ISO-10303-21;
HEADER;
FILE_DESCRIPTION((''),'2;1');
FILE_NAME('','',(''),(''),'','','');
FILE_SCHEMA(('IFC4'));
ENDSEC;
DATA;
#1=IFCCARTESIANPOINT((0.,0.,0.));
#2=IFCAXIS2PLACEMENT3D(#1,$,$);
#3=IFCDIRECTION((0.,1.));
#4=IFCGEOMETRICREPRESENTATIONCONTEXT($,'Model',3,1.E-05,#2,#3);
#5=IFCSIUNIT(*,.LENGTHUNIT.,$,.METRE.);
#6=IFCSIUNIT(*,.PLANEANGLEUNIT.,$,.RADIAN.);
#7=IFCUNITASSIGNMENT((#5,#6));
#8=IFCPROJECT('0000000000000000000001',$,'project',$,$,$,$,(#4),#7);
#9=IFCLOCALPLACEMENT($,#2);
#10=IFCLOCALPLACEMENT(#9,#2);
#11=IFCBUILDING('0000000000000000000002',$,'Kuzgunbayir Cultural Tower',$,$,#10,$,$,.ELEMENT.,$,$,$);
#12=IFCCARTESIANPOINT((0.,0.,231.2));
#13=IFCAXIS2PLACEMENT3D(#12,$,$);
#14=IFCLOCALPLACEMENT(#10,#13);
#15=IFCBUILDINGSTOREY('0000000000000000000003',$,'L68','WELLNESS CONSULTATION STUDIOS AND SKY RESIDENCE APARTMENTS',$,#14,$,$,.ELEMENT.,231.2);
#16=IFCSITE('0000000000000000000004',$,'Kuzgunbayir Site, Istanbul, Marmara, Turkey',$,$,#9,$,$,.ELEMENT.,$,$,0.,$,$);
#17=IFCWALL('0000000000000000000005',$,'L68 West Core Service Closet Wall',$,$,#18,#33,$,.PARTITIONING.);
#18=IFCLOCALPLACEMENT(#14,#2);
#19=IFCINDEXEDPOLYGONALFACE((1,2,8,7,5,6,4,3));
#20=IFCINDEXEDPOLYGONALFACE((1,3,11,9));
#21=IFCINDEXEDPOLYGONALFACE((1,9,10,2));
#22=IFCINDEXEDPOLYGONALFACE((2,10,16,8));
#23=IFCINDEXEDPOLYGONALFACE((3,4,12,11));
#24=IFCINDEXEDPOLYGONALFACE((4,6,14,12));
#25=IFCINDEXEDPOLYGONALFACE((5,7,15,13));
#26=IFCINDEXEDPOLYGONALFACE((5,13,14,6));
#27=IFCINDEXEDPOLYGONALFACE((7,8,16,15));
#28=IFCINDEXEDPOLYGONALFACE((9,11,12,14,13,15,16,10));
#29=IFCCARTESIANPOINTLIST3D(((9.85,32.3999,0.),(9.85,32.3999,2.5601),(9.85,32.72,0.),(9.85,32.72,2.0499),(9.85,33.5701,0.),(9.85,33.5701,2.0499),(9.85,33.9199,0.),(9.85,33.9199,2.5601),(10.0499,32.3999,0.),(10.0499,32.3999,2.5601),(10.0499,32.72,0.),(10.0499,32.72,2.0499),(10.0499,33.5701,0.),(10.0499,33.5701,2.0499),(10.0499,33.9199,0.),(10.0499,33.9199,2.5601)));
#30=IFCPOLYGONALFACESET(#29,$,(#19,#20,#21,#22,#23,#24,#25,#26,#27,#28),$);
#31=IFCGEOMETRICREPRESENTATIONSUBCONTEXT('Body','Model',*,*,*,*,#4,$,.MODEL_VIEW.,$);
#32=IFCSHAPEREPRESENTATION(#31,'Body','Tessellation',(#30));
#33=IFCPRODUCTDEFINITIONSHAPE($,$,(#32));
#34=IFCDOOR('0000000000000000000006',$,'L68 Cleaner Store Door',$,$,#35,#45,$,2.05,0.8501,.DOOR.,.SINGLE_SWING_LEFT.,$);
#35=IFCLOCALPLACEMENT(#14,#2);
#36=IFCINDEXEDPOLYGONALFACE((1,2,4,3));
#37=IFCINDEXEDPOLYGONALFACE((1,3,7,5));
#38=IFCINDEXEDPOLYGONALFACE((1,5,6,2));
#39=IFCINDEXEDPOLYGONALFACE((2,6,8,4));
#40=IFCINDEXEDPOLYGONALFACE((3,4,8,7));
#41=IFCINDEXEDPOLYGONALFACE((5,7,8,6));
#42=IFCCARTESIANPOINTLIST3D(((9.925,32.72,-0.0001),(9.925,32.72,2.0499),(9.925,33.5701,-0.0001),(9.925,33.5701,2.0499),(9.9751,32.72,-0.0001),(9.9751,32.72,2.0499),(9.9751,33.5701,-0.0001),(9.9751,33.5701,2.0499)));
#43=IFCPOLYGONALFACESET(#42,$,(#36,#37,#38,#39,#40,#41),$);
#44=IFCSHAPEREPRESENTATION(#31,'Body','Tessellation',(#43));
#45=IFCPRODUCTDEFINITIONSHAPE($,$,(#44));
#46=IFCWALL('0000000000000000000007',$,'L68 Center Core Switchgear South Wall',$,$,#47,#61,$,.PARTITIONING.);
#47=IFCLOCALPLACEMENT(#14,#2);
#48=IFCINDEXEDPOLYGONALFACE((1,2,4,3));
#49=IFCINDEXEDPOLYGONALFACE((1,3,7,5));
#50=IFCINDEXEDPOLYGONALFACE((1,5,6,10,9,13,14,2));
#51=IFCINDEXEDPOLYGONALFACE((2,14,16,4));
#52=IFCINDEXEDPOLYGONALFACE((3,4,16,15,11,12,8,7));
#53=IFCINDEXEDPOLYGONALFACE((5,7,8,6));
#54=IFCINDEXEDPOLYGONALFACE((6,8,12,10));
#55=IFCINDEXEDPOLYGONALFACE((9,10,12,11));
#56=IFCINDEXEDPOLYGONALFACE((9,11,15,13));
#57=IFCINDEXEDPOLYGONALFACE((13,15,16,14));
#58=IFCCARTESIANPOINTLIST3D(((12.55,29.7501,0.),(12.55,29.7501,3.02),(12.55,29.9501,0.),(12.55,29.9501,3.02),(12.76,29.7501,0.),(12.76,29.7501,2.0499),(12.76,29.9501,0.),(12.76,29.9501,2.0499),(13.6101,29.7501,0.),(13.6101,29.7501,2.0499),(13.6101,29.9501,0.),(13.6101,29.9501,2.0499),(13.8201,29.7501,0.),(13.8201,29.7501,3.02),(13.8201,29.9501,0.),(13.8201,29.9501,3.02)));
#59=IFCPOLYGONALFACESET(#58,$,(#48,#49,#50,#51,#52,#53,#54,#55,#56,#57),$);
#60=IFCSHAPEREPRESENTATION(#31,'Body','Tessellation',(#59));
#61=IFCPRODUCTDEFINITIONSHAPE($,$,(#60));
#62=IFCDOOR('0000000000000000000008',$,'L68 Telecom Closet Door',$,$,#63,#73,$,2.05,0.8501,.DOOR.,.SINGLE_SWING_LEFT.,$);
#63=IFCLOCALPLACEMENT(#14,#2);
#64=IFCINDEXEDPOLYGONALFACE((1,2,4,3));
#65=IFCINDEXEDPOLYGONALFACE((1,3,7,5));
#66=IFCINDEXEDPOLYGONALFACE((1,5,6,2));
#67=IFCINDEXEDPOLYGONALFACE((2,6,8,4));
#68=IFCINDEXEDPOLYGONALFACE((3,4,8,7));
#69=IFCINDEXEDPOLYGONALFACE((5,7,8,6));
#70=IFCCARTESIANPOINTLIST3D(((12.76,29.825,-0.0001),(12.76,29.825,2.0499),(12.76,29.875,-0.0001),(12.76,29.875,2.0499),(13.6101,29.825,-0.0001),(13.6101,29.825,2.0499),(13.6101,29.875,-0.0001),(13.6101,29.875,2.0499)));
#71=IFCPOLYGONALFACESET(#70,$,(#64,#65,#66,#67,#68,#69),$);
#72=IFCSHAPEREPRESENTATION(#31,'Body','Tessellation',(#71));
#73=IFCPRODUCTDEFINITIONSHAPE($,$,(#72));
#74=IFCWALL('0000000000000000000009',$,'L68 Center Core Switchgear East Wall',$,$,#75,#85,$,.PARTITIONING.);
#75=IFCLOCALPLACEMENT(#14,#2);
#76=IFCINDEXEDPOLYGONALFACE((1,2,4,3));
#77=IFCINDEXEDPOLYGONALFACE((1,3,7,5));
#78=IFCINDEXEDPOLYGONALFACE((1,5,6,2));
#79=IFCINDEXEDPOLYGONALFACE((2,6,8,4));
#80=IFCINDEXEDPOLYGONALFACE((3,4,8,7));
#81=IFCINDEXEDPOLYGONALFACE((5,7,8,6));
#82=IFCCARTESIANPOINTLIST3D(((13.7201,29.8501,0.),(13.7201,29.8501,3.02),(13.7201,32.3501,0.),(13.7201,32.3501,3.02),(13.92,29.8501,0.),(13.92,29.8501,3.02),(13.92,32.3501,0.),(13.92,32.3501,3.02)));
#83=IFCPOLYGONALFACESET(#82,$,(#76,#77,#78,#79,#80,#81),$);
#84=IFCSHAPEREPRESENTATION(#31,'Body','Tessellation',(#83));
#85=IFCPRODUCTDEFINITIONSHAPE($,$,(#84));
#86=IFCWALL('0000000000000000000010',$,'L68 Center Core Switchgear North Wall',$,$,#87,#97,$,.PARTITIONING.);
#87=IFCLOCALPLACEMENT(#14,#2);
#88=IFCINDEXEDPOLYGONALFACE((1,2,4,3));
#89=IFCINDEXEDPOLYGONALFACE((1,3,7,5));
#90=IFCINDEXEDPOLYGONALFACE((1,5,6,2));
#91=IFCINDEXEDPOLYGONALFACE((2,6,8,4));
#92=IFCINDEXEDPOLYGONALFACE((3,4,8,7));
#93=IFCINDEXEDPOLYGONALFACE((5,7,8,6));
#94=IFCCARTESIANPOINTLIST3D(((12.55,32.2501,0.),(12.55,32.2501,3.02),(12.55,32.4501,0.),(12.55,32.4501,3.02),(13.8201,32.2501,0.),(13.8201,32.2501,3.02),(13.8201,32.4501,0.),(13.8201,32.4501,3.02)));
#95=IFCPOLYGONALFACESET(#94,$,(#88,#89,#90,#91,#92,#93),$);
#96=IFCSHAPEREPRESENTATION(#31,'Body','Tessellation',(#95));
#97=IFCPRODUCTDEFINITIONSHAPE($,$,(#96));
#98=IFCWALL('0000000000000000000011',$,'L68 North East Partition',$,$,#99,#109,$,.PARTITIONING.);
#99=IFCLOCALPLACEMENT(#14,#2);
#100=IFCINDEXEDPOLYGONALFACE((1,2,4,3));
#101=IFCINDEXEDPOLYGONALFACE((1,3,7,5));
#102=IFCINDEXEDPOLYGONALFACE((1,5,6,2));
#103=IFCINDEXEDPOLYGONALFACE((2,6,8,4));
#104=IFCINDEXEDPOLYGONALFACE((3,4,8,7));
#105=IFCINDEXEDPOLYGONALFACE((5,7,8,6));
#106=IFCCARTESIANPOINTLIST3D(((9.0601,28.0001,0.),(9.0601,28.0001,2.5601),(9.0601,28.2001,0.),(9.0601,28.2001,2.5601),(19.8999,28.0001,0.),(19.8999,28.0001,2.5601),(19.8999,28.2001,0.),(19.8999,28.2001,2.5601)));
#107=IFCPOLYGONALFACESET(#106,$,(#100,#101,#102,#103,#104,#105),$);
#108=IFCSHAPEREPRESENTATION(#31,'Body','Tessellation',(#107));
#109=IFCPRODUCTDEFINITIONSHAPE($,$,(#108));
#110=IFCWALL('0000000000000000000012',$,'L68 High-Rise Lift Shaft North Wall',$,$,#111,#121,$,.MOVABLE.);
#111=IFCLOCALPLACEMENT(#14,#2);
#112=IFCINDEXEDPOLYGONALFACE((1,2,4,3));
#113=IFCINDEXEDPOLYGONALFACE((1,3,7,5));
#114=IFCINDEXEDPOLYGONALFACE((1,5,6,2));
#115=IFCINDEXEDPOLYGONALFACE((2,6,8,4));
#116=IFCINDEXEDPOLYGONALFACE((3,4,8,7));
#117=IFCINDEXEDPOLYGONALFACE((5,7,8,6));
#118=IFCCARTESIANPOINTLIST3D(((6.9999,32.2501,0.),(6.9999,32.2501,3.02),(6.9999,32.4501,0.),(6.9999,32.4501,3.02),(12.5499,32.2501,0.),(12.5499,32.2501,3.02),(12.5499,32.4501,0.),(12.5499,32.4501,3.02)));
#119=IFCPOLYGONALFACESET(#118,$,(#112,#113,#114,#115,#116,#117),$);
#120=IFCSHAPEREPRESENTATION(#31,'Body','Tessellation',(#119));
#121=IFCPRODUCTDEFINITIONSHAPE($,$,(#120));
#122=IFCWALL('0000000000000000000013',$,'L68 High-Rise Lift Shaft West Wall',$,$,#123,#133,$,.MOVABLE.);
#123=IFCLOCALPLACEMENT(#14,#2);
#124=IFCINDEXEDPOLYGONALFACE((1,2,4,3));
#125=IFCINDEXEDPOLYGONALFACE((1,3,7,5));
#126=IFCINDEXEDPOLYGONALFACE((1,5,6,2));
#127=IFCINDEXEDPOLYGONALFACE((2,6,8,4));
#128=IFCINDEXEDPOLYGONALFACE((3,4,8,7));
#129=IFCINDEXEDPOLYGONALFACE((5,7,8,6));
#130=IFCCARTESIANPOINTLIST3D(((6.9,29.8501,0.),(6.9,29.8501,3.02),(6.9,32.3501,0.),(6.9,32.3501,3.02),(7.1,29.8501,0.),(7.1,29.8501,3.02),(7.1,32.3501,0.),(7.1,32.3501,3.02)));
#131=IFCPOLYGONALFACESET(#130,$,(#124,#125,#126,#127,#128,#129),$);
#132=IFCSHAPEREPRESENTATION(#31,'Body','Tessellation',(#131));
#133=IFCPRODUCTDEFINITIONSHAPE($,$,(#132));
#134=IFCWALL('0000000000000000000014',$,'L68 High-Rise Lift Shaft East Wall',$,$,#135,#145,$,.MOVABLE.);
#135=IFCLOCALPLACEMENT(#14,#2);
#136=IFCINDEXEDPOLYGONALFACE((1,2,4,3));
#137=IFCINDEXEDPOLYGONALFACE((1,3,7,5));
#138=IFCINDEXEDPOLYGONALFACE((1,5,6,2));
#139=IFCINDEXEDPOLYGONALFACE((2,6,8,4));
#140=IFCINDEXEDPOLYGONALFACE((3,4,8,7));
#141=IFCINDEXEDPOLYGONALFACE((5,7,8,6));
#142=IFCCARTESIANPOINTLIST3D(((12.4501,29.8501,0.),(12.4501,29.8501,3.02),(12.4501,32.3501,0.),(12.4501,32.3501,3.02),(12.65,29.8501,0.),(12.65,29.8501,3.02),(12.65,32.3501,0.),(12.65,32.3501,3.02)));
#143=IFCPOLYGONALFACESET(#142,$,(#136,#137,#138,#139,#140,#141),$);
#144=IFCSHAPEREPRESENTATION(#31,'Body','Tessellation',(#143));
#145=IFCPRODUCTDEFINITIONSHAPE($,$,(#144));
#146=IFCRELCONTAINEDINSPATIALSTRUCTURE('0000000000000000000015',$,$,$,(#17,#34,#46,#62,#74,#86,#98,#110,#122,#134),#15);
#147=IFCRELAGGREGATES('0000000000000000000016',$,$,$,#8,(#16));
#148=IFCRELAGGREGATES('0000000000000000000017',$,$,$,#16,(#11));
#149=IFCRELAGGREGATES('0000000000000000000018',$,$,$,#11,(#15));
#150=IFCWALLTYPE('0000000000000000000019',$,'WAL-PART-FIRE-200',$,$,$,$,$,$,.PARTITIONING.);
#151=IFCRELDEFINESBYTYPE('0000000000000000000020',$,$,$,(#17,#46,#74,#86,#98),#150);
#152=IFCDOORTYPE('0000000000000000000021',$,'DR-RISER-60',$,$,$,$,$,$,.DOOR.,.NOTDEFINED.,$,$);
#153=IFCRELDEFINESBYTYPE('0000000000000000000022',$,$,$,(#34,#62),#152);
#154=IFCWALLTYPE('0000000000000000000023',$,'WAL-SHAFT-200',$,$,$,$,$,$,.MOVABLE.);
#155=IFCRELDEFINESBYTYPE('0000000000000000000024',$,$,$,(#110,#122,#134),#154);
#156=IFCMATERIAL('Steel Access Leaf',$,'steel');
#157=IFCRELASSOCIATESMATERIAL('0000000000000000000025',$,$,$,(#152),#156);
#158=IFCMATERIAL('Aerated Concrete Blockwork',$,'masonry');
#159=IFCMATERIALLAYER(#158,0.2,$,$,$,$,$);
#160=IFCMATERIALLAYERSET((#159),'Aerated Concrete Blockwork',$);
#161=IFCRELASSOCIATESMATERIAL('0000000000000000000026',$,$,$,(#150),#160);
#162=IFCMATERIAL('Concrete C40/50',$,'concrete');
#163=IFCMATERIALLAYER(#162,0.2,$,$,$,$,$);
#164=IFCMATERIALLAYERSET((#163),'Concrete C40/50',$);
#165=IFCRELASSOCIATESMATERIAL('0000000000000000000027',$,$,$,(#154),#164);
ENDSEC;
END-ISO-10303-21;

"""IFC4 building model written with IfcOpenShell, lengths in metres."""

from ifc_helpers import new_model, si_unit, direction, frame, frame_2d, origin, place, context, subcontext, project, spatial, rectangle, extrude, material, layer, layer_set, type_object, element, fill, save


model = new_model("IFC4")

# Units and contexts
model_context = context("Model", 3, precision=1e-05, world=origin(), true_north=direction((0.0, 1.0)))
body_context = subcontext(model_context, "Body", "Model", "MODEL_VIEW")
ifc_project = project(units=[si_unit("LENGTHUNIT", "METRE"), si_unit("PLANEANGLEUNIT", "RADIAN")], contexts=[model_context])

# Site, building, storey
site_placement = place(None, origin())
site = spatial("IfcSite", under=ifc_project, at=site_placement, Name="Kuzgunbayir Site, Istanbul, Marmara, Turkey", CompositionType="ELEMENT", RefElevation=0.0)
building_placement = place(site_placement, origin())
building = spatial("IfcBuilding", under=site, at=building_placement, Name="Kuzgunbayir Cultural Tower", CompositionType="ELEMENT")
storey_placement = place(building_placement, frame((0.0, 0.0, 231.2)))
storey = spatial("IfcBuildingStorey", under=building, at=storey_placement, Name="L68", Description="WELLNESS CONSULTATION STUDIOS AND SKY RESIDENCE APARTMENTS", CompositionType="ELEMENT", Elevation=231.2)

# Shared definitions
ifc_material_1 = material(Name="Steel Access Leaf", Category="steel")
door_type_1 = type_object("IfcDoorType", Name="DR-RISER-60", OperationType="NOTDEFINED", PredefinedType="DOOR", material=ifc_material_1)

# Walls, openings, doors
ifc_material_2 = material(Name="Aerated Concrete Blockwork", Category="masonry")
ifc_layer_1 = layer(ifc_material_2, 0.2)
ifc_layer_set_1 = layer_set([ifc_layer_1], Name="Aerated Concrete Blockwork")
wall_type_1 = type_object("IfcWallType", Name="WAL-PART-FIRE-200", PredefinedType="PARTITIONING", material=ifc_layer_set_1)
wall_1_placement = place(storey_placement, frame((9.95, 32.3999, 0.0), z_axis=(0.0, 0.0, 1.0), x_axis=(0.0, 1.0, 0.0)))
wall_1 = element("IfcWall", 1, at=wall_1_placement, inside=storey, type_object=wall_type_1, Name="L68 West Core Service Closet Wall", PredefinedType="PARTITIONING", context=body_context, shape_type="SweptSolid", body=[
    extrude(rectangle(XDim=1.52, YDim=0.2, at=frame_2d((0.76, 0.0))), origin(), (0.0, 0.0, 1.0), 2.5601),
])
opening_1_placement = place(wall_1_placement, frame((0.3201, 0.0, 0.0)))
opening_1 = element("IfcOpeningElement", 2, at=opening_1_placement, cuts=wall_1, PredefinedType="OPENING", context=body_context, shape_type="SweptSolid", body=[
    extrude(rectangle(XDim=0.8501, YDim=2.05, at=frame_2d((0.425, 1.0249))), frame((0.0, 0.1099, 0.0), z_axis=(0.0, -1.0, 0.0), x_axis=(1.0, 0.0, 0.0)), (0.0, 0.0, 1.0), 0.22),
])
door_1_placement = place(opening_1_placement, origin())
door_1 = element("IfcDoor", 3, at=door_1_placement, inside=storey, type_object=door_type_1, Name="L68 Cleaner Store Door", OperationType="SINGLE_SWING_LEFT", OverallHeight=2.05, OverallWidth=0.8501, PredefinedType="DOOR", context=body_context, shape_type="SweptSolid", body=[
    extrude(rectangle(XDim=0.8501, YDim=2.05, at=frame_2d((0.425, 1.0249))), frame((0.0, 0.0249, 0.0), z_axis=(0.0, -1.0, 0.0), x_axis=(1.0, 0.0, 0.0)), (0.0, 0.0, 1.0), 0.05),
])
fill(opening_1, door_1)
wall_2_placement = place(storey_placement, frame((12.55, 29.8501, 0.0), z_axis=(0.0, 0.0, 1.0), x_axis=(1.0, 0.0, 0.0)))
wall_2 = element("IfcWall", 4, at=wall_2_placement, inside=storey, type_object=wall_type_1, Name="L68 Center Core Switchgear South Wall", PredefinedType="PARTITIONING", context=body_context, shape_type="SweptSolid", body=[
    extrude(rectangle(XDim=1.27, YDim=0.2, at=frame_2d((0.635, 0.0))), origin(), (0.0, 0.0, 1.0), 3.02),
])
opening_2_placement = place(wall_2_placement, frame((0.21, 0.0, 0.0)))
opening_2 = element("IfcOpeningElement", 5, at=opening_2_placement, cuts=wall_2, PredefinedType="OPENING", context=body_context, shape_type="SweptSolid", body=[
    extrude(rectangle(XDim=0.8501, YDim=2.05, at=frame_2d((0.425, 1.0249))), frame((0.0, 0.1099, 0.0), z_axis=(0.0, -1.0, 0.0), x_axis=(1.0, 0.0, 0.0)), (0.0, 0.0, 1.0), 0.22),
])
door_2_placement = place(opening_2_placement, origin())
door_2 = element("IfcDoor", 6, at=door_2_placement, inside=storey, type_object=door_type_1, Name="L68 Telecom Closet Door", OperationType="SINGLE_SWING_LEFT", OverallHeight=2.05, OverallWidth=0.8501, PredefinedType="DOOR", context=body_context, shape_type="SweptSolid", body=[
    extrude(rectangle(XDim=0.8501, YDim=2.05, at=frame_2d((0.425, 1.0249))), frame((0.0, 0.0249, 0.0), z_axis=(0.0, -1.0, 0.0), x_axis=(1.0, 0.0, 0.0)), (0.0, 0.0, 1.0), 0.05),
])
fill(opening_2, door_2)

# Walls
wall_3_placement = place(storey_placement, frame((13.8201, 29.8501, 0.0), z_axis=(0.0, 0.0, 1.0), x_axis=(0.0, 1.0, 0.0)))
element("IfcWall", 7, at=wall_3_placement, inside=storey, type_object=wall_type_1, Name="L68 Center Core Switchgear East Wall", PredefinedType="PARTITIONING", context=body_context, shape_type="SweptSolid", body=[
    extrude(rectangle(XDim=2.5, YDim=0.2, at=frame_2d((1.25, 0.0))), origin(), (0.0, 0.0, 1.0), 3.02),
])
wall_4_placement = place(storey_placement, frame((12.55, 32.3501, 0.0), z_axis=(0.0, 0.0, 1.0), x_axis=(1.0, 0.0, 0.0)))
element("IfcWall", 8, at=wall_4_placement, inside=storey, type_object=wall_type_1, Name="L68 Center Core Switchgear North Wall", PredefinedType="PARTITIONING", context=body_context, shape_type="SweptSolid", body=[
    extrude(rectangle(XDim=1.27, YDim=0.2, at=frame_2d((0.635, 0.0))), origin(), (0.0, 0.0, 1.0), 3.02),
])
wall_5_placement = place(storey_placement, frame((9.0601, 28.1001, 0.0), z_axis=(0.0, 0.0, 1.0), x_axis=(1.0, 0.0, 0.0)))
element("IfcWall", 9, at=wall_5_placement, inside=storey, type_object=wall_type_1, Name="L68 North East Partition", PredefinedType="PARTITIONING", context=body_context, shape_type="SweptSolid", body=[
    extrude(rectangle(XDim=10.8398, YDim=0.2, at=frame_2d((5.4199, 0.0))), origin(), (0.0, 0.0, 1.0), 2.5601),
])
ifc_material_3 = material(Name="Concrete C40/50", Category="concrete")
ifc_layer_2 = layer(ifc_material_3, 0.2)
ifc_layer_set_2 = layer_set([ifc_layer_2], Name="Concrete C40/50")
wall_type_2 = type_object("IfcWallType", Name="WAL-SHAFT-200", PredefinedType="MOVABLE", material=ifc_layer_set_2)
wall_6_placement = place(storey_placement, frame((7.0, 32.3501, 0.0), z_axis=(0.0, 0.0, 1.0), x_axis=(1.0, 0.0, 0.0)))
element("IfcWall", 10, at=wall_6_placement, inside=storey, type_object=wall_type_2, Name="L68 High-Rise Lift Shaft North Wall", PredefinedType="MOVABLE", context=body_context, shape_type="SweptSolid", body=[
    extrude(rectangle(XDim=5.55, YDim=0.2, at=frame_2d((2.7749, 0.0))), origin(), (0.0, 0.0, 1.0), 3.02),
])
for number, where, z_axis, x_axis, name in (
    (11, (7.0, 29.8501, 0.0), (0.0, 0.0, 1.0), (0.0, 1.0, 0.0), "L68 High-Rise Lift Shaft West Wall"),
    (12, (12.55, 29.8501, 0.0), (0.0, 0.0, 1.0), (0.0, 1.0, 0.0), "L68 High-Rise Lift Shaft East Wall"),
):
    element("IfcWall", number, at=place(storey_placement, frame(where, z_axis=z_axis, x_axis=x_axis)), inside=storey, type_object=wall_type_2, Name=name, PredefinedType="MOVABLE", context=body_context, shape_type="SweptSolid", body=[
        extrude(rectangle(XDim=2.5, YDim=0.2, at=frame_2d((1.25, 0.0))), origin(), (0.0, 0.0, 1.0), 3.02),
    ])

save(model, "model.ifc")
